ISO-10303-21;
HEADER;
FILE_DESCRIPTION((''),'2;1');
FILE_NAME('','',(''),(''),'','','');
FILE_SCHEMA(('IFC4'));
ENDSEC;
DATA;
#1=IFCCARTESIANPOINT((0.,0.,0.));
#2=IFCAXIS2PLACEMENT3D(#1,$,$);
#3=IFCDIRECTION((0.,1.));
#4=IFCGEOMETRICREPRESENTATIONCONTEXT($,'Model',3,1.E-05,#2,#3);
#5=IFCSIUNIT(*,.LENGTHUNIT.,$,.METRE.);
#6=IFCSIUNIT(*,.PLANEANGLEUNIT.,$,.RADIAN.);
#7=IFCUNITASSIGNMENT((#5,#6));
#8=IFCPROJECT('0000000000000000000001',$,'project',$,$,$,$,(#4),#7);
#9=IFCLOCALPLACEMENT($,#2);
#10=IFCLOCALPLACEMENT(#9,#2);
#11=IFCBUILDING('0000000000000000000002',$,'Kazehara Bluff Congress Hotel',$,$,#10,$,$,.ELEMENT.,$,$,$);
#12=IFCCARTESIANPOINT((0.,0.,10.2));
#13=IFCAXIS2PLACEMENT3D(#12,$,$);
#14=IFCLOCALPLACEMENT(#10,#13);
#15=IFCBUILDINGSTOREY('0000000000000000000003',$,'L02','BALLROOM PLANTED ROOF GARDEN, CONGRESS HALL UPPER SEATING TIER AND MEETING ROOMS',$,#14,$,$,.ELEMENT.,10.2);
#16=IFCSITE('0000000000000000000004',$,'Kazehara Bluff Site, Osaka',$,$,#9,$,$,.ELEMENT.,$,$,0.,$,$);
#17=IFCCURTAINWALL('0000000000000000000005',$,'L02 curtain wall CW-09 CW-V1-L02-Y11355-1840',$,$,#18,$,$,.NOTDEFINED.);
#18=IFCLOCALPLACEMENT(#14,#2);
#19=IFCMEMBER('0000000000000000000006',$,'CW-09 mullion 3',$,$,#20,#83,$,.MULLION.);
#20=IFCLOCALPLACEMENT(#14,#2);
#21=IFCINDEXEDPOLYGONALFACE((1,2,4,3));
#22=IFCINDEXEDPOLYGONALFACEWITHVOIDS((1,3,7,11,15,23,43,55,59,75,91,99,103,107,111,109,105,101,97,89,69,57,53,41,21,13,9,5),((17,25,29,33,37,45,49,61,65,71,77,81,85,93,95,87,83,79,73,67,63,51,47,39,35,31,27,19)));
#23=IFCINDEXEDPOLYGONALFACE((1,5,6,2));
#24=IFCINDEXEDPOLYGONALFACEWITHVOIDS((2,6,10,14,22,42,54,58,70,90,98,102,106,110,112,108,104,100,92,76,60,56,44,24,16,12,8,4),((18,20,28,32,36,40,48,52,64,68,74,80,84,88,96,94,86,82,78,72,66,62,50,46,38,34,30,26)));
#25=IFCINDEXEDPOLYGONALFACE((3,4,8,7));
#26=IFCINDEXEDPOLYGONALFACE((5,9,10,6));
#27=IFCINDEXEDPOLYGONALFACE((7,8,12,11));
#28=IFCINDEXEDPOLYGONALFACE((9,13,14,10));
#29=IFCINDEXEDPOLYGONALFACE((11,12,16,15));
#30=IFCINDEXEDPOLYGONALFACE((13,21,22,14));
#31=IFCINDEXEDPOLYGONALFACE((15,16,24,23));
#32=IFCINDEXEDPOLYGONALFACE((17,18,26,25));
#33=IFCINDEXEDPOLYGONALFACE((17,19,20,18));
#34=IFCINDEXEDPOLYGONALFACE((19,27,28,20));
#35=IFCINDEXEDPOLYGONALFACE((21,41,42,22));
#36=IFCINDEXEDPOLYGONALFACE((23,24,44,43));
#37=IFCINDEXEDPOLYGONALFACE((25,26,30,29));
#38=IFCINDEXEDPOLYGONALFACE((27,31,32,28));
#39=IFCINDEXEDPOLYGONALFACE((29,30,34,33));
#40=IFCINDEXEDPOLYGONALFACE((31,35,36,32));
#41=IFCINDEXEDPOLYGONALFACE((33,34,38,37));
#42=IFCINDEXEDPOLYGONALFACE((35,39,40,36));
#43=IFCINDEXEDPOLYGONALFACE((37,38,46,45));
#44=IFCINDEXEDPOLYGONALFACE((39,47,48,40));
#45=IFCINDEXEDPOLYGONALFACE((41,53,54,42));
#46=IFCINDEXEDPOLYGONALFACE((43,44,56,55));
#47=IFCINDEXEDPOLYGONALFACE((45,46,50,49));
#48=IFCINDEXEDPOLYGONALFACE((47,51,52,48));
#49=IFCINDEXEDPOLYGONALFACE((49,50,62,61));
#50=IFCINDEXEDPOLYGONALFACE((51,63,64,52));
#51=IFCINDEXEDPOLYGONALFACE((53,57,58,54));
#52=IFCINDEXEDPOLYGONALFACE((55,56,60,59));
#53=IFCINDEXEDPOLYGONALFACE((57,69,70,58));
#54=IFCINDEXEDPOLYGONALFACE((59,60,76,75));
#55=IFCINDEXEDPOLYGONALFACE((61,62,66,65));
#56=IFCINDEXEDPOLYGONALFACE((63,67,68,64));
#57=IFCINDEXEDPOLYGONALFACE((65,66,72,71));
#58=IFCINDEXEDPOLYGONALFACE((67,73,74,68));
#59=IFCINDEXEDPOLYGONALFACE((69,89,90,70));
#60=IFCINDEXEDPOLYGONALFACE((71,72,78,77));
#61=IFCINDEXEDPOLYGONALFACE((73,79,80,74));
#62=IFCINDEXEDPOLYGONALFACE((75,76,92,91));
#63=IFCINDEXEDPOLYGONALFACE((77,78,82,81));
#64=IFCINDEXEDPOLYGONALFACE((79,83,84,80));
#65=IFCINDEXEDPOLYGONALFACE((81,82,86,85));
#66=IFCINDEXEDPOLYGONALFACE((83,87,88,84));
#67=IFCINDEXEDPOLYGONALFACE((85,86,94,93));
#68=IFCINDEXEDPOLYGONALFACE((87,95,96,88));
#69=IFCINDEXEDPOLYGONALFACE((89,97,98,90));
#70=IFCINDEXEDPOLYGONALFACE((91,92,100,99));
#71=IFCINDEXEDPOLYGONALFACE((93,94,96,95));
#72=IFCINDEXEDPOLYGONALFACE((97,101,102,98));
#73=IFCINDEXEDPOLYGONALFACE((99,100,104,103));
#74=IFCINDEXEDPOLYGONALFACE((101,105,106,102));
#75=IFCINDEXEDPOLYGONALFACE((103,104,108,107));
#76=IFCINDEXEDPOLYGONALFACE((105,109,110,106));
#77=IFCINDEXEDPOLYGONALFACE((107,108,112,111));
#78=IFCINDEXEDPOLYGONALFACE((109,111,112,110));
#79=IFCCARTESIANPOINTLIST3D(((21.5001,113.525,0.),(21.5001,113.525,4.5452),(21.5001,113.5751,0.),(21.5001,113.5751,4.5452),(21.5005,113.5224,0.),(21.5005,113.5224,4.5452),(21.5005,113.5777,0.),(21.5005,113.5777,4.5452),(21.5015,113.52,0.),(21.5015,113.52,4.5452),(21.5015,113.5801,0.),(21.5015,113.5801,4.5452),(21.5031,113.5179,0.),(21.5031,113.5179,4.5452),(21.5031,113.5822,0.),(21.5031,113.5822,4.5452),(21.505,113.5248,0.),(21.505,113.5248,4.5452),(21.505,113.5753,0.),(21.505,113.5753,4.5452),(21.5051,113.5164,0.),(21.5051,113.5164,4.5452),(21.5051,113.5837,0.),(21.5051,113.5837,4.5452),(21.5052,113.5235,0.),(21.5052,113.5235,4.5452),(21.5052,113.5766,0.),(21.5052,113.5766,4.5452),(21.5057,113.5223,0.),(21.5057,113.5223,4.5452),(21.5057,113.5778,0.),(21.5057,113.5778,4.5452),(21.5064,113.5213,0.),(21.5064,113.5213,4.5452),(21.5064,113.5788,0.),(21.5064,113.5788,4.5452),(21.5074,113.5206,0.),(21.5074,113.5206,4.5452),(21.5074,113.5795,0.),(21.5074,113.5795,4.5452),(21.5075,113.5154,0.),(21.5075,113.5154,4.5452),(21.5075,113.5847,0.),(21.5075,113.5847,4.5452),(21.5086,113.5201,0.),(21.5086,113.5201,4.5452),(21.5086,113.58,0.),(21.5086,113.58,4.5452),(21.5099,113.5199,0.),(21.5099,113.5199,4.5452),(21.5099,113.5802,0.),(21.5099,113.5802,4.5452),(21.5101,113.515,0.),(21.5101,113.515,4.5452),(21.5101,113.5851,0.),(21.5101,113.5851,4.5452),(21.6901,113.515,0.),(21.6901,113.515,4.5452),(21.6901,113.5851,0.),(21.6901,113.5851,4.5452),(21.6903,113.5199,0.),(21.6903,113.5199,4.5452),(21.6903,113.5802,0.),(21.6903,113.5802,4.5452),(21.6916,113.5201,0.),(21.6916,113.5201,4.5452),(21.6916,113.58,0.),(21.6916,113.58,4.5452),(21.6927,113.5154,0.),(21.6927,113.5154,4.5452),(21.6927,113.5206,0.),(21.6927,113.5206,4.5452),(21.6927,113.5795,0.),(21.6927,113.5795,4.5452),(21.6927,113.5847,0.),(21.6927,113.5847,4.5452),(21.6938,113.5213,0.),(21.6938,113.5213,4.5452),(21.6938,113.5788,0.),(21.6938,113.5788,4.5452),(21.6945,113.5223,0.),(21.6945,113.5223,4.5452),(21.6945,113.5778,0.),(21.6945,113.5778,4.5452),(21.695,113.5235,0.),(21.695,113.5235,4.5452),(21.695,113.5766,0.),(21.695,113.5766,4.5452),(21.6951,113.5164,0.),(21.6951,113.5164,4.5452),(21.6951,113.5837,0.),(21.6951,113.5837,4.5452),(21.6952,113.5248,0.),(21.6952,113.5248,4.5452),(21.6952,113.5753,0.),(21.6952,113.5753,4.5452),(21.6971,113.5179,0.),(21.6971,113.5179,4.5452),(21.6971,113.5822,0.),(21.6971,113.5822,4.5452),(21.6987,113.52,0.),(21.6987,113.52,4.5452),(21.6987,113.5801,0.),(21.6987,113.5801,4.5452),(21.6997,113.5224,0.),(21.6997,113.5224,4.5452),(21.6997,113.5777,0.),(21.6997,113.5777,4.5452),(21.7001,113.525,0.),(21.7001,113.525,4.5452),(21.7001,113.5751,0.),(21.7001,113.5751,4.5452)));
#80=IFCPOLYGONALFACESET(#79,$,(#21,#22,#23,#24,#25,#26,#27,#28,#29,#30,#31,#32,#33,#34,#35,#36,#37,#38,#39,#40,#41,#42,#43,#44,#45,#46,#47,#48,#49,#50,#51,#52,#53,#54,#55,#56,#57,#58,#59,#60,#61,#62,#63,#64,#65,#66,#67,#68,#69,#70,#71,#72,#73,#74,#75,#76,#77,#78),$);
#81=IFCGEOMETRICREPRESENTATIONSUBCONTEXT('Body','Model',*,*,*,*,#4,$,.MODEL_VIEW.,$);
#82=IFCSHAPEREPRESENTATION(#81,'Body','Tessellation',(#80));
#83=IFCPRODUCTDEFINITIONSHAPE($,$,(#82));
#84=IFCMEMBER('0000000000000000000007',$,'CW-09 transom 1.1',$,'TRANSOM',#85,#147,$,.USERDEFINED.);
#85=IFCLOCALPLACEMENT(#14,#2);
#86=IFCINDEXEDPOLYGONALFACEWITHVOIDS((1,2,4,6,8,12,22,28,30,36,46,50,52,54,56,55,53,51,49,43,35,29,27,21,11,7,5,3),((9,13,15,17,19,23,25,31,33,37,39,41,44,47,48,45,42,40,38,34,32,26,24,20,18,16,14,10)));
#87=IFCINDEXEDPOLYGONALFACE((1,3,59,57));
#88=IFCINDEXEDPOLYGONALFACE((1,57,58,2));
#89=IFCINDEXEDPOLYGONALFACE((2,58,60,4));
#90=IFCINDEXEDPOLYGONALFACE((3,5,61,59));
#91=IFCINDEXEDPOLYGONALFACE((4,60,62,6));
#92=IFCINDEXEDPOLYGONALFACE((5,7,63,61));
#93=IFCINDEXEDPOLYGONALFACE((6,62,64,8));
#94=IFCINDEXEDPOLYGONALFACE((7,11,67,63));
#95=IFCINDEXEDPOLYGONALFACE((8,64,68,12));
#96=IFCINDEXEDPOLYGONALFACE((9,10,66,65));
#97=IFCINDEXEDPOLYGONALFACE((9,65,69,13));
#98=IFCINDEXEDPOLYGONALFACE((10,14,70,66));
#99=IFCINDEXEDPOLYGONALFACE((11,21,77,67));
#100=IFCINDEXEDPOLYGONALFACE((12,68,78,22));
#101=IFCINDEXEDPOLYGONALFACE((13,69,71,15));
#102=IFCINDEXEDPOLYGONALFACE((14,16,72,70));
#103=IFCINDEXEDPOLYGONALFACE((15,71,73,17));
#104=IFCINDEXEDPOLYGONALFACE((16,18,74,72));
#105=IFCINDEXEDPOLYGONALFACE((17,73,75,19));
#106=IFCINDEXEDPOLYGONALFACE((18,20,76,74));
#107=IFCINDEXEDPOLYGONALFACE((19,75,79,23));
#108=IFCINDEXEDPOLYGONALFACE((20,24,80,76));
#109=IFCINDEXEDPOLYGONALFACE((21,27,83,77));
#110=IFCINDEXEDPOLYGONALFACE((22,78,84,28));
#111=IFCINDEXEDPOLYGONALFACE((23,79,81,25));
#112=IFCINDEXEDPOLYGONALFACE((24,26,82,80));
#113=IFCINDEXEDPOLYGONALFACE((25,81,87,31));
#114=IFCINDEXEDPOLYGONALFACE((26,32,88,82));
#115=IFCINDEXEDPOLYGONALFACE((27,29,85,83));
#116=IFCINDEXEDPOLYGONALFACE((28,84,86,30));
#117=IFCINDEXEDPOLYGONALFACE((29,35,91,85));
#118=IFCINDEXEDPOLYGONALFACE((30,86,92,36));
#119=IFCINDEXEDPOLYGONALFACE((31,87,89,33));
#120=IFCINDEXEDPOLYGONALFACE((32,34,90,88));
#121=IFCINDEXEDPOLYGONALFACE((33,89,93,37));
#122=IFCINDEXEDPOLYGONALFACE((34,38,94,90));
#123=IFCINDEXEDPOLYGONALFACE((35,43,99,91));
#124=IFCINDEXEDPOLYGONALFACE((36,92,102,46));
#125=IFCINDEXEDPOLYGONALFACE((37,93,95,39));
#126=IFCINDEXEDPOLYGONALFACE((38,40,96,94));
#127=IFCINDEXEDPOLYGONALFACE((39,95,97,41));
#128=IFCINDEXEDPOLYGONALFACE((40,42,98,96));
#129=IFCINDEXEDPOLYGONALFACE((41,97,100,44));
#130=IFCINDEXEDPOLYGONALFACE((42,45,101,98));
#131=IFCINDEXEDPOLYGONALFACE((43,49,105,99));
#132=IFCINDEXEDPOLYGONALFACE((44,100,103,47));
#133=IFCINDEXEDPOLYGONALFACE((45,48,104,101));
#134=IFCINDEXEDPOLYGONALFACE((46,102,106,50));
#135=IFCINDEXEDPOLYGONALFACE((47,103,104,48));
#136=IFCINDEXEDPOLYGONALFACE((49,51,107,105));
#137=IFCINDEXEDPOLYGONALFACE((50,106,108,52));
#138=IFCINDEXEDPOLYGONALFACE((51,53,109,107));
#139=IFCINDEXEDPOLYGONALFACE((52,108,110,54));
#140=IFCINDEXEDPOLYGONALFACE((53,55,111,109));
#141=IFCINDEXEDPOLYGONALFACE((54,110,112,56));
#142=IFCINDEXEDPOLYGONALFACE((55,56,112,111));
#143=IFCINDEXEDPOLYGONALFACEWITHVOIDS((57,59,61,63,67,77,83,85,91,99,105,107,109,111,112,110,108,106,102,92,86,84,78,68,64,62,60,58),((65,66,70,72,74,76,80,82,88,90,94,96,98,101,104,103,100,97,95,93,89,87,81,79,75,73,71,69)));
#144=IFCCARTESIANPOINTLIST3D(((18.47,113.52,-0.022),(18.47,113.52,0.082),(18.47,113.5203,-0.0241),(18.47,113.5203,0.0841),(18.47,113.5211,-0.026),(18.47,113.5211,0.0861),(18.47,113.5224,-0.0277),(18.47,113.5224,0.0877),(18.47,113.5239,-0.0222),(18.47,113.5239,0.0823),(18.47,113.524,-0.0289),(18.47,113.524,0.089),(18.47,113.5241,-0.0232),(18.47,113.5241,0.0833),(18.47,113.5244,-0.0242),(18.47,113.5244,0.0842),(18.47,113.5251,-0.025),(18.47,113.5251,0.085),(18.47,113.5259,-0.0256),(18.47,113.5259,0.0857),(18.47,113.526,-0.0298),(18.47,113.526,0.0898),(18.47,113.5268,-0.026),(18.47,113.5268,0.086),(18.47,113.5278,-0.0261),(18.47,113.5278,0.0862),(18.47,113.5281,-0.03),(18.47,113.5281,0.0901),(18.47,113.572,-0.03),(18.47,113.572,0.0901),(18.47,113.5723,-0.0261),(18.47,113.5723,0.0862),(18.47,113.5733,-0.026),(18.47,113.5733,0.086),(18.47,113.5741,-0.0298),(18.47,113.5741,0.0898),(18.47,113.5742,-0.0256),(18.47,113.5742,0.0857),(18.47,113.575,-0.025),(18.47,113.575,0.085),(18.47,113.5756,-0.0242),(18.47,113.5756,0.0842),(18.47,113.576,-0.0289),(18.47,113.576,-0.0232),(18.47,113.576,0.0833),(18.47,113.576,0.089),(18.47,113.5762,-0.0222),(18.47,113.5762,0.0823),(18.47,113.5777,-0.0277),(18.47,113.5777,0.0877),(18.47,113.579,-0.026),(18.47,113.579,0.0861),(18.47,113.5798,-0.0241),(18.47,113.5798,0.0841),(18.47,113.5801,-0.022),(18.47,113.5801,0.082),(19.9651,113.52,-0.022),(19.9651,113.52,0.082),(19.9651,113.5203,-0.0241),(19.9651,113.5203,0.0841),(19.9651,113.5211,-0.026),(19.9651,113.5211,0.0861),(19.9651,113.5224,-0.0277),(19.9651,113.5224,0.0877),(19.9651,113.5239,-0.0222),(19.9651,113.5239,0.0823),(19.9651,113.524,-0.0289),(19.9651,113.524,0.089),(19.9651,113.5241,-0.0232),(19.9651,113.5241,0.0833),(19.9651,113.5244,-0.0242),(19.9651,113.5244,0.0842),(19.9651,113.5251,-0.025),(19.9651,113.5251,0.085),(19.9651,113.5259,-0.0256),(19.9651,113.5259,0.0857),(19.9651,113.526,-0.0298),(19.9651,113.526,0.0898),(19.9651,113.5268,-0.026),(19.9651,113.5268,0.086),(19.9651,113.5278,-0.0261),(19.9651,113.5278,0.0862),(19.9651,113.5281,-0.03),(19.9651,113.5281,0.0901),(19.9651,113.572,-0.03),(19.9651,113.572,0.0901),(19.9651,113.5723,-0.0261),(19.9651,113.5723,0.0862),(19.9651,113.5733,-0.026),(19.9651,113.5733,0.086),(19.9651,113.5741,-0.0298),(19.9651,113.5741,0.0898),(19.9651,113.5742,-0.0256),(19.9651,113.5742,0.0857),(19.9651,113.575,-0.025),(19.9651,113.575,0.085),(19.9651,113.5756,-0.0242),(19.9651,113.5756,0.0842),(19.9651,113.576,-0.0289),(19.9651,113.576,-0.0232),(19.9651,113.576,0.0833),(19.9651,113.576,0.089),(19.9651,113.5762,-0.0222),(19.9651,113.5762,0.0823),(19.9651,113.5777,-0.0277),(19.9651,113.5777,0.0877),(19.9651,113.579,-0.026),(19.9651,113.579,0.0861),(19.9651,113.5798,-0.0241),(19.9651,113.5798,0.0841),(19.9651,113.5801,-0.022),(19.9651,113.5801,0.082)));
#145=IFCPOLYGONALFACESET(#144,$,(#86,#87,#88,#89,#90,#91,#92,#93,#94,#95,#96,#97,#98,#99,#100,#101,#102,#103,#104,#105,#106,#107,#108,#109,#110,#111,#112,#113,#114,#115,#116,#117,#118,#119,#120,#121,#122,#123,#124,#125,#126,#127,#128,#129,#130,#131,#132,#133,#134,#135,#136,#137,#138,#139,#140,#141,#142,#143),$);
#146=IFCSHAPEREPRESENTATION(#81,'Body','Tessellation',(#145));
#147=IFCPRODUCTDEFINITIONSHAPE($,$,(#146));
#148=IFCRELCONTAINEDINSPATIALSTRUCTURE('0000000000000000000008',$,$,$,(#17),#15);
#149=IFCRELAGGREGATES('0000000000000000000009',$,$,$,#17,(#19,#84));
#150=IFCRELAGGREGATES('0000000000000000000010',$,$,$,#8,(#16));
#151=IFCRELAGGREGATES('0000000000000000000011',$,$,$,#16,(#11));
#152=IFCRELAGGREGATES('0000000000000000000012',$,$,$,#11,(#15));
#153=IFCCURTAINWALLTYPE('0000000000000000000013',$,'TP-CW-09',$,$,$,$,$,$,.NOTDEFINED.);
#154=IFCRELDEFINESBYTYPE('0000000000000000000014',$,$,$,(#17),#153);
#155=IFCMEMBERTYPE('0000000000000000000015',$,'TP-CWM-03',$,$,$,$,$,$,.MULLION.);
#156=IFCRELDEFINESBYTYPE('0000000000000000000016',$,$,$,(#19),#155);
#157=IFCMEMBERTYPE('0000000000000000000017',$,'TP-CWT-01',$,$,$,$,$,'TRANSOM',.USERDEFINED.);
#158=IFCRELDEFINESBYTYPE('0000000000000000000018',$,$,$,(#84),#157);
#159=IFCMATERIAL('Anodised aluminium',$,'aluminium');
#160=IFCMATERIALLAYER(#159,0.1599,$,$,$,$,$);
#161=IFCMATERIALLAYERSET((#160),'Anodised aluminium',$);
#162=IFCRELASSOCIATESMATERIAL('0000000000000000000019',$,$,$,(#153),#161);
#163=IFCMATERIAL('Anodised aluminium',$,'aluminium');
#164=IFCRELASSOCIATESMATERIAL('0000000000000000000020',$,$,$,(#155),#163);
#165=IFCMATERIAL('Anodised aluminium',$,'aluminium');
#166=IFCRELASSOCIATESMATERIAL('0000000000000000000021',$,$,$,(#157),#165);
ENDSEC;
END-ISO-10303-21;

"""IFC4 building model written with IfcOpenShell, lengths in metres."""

from ifc_helpers import new_model, si_unit, direction, frame, origin, origin_2d, place, context, subcontext, project, spatial, hollow_rectangle, extrude, material, layer, layer_set, material_profile, profile_set, type_object, element, aggregate, save


model = new_model("IFC4")

# Units and contexts
model_context = context("Model", 3, precision=1e-05, world=origin(), true_north=direction((0.0, 1.0)))
body_context = subcontext(model_context, "Body", "Model", "MODEL_VIEW")
ifc_project = project(units=[si_unit("LENGTHUNIT", "METRE"), si_unit("PLANEANGLEUNIT", "RADIAN")], contexts=[model_context])

# Site, building, storey
site_placement = place(None, origin())
site = spatial("IfcSite", under=ifc_project, at=site_placement, Name="Kazehara Bluff Site, Osaka", CompositionType="ELEMENT", RefElevation=0.0)
building_placement = place(site_placement, origin())
building = spatial("IfcBuilding", under=site, at=building_placement, Name="Kazehara Bluff Congress Hotel", CompositionType="ELEMENT")
storey_placement = place(building_placement, frame((0.0, 0.0, 10.2)))
storey = spatial("IfcBuildingStorey", under=building, at=storey_placement, Name="L02", Description="BALLROOM PLANTED ROOF GARDEN, CONGRESS HALL UPPER SEATING TIER AND MEETING ROOMS", CompositionType="ELEMENT", Elevation=10.2)

# Curtain wall, members
ifc_material_1 = material(Name="Anodised aluminium", Category="aluminium")
ifc_layer_1 = layer(ifc_material_1, 0.1599)
ifc_layer_set_1 = layer_set([ifc_layer_1], Name="Anodised aluminium")
curtain_wall_type = type_object("IfcCurtainWallType", Name="TP-CW-09", PredefinedType="NOTDEFINED", material=ifc_layer_set_1)
curtain_wall_placement = place(storey_placement, origin())
curtain_wall = element("IfcCurtainWall", 1, at=curtain_wall_placement, inside=storey, type_object=curtain_wall_type, Name="L02 curtain wall CW-09 CW-V1-L02-Y11355-1840", PredefinedType="NOTDEFINED")
ifc_material_2 = material(Name="Anodised aluminium", Category="aluminium")
ifc_material_profile_1 = material_profile(ifc_material_2, hollow_rectangle(XDim=0.0701, YDim=0.2, WallThickness=0.0049, InnerFilletRadius=0.0049, OuterFilletRadius=0.01, at=origin_2d()))
ifc_profile_set_1 = profile_set([ifc_material_profile_1], Name="Anodised aluminium")
member_type_1 = type_object("IfcMemberType", Name="TP-CWM-03", PredefinedType="MULLION", material=ifc_profile_set_1)
member_1_placement = place(storey_placement, frame((21.6001, 113.55, 0.0), z_axis=(0.0, 0.0, 1.0), x_axis=(0.0, 1.0, 0.0)))
member_1 = element("IfcMember", 2, at=member_1_placement, type_object=member_type_1, Name="CW-09 mullion 3", PredefinedType="MULLION", context=body_context, shape_type="SweptSolid", body=[
    extrude(hollow_rectangle(XDim=0.0701, YDim=0.2, WallThickness=0.0049, InnerFilletRadius=0.0049, OuterFilletRadius=0.01, at=origin_2d()), origin(), (0.0, 0.0, 1.0), 4.5452),
])
ifc_material_3 = material(Name="Anodised aluminium", Category="aluminium")
ifc_material_profile_2 = material_profile(ifc_material_3, hollow_rectangle(XDim=0.0601, YDim=0.1201, WallThickness=0.0039, InnerFilletRadius=0.0039, OuterFilletRadius=0.0081, at=origin_2d()))
ifc_profile_set_2 = profile_set([ifc_material_profile_2], Name="Anodised aluminium")
member_type_2 = type_object("IfcMemberType", Name="TP-CWT-01", ElementType="TRANSOM", PredefinedType="USERDEFINED", material=ifc_profile_set_2)
member_2_placement = place(storey_placement, frame((18.47, 113.55, 0.03), z_axis=(1.0, 0.0, 0.0), x_axis=(0.0, 1.0, 0.0)))
member_2 = element("IfcMember", 3, at=member_2_placement, type_object=member_type_2, Name="CW-09 transom 1.1", ObjectType="TRANSOM", PredefinedType="USERDEFINED", context=body_context, shape_type="SweptSolid", body=[
    extrude(hollow_rectangle(XDim=0.0601, YDim=0.1201, WallThickness=0.0039, InnerFilletRadius=0.0039, OuterFilletRadius=0.0081, at=origin_2d()), origin(), (0.0, 0.0, 1.0), 1.4951),
])
aggregate(curtain_wall, [member_1, member_2])

save(model, "model.ifc")
